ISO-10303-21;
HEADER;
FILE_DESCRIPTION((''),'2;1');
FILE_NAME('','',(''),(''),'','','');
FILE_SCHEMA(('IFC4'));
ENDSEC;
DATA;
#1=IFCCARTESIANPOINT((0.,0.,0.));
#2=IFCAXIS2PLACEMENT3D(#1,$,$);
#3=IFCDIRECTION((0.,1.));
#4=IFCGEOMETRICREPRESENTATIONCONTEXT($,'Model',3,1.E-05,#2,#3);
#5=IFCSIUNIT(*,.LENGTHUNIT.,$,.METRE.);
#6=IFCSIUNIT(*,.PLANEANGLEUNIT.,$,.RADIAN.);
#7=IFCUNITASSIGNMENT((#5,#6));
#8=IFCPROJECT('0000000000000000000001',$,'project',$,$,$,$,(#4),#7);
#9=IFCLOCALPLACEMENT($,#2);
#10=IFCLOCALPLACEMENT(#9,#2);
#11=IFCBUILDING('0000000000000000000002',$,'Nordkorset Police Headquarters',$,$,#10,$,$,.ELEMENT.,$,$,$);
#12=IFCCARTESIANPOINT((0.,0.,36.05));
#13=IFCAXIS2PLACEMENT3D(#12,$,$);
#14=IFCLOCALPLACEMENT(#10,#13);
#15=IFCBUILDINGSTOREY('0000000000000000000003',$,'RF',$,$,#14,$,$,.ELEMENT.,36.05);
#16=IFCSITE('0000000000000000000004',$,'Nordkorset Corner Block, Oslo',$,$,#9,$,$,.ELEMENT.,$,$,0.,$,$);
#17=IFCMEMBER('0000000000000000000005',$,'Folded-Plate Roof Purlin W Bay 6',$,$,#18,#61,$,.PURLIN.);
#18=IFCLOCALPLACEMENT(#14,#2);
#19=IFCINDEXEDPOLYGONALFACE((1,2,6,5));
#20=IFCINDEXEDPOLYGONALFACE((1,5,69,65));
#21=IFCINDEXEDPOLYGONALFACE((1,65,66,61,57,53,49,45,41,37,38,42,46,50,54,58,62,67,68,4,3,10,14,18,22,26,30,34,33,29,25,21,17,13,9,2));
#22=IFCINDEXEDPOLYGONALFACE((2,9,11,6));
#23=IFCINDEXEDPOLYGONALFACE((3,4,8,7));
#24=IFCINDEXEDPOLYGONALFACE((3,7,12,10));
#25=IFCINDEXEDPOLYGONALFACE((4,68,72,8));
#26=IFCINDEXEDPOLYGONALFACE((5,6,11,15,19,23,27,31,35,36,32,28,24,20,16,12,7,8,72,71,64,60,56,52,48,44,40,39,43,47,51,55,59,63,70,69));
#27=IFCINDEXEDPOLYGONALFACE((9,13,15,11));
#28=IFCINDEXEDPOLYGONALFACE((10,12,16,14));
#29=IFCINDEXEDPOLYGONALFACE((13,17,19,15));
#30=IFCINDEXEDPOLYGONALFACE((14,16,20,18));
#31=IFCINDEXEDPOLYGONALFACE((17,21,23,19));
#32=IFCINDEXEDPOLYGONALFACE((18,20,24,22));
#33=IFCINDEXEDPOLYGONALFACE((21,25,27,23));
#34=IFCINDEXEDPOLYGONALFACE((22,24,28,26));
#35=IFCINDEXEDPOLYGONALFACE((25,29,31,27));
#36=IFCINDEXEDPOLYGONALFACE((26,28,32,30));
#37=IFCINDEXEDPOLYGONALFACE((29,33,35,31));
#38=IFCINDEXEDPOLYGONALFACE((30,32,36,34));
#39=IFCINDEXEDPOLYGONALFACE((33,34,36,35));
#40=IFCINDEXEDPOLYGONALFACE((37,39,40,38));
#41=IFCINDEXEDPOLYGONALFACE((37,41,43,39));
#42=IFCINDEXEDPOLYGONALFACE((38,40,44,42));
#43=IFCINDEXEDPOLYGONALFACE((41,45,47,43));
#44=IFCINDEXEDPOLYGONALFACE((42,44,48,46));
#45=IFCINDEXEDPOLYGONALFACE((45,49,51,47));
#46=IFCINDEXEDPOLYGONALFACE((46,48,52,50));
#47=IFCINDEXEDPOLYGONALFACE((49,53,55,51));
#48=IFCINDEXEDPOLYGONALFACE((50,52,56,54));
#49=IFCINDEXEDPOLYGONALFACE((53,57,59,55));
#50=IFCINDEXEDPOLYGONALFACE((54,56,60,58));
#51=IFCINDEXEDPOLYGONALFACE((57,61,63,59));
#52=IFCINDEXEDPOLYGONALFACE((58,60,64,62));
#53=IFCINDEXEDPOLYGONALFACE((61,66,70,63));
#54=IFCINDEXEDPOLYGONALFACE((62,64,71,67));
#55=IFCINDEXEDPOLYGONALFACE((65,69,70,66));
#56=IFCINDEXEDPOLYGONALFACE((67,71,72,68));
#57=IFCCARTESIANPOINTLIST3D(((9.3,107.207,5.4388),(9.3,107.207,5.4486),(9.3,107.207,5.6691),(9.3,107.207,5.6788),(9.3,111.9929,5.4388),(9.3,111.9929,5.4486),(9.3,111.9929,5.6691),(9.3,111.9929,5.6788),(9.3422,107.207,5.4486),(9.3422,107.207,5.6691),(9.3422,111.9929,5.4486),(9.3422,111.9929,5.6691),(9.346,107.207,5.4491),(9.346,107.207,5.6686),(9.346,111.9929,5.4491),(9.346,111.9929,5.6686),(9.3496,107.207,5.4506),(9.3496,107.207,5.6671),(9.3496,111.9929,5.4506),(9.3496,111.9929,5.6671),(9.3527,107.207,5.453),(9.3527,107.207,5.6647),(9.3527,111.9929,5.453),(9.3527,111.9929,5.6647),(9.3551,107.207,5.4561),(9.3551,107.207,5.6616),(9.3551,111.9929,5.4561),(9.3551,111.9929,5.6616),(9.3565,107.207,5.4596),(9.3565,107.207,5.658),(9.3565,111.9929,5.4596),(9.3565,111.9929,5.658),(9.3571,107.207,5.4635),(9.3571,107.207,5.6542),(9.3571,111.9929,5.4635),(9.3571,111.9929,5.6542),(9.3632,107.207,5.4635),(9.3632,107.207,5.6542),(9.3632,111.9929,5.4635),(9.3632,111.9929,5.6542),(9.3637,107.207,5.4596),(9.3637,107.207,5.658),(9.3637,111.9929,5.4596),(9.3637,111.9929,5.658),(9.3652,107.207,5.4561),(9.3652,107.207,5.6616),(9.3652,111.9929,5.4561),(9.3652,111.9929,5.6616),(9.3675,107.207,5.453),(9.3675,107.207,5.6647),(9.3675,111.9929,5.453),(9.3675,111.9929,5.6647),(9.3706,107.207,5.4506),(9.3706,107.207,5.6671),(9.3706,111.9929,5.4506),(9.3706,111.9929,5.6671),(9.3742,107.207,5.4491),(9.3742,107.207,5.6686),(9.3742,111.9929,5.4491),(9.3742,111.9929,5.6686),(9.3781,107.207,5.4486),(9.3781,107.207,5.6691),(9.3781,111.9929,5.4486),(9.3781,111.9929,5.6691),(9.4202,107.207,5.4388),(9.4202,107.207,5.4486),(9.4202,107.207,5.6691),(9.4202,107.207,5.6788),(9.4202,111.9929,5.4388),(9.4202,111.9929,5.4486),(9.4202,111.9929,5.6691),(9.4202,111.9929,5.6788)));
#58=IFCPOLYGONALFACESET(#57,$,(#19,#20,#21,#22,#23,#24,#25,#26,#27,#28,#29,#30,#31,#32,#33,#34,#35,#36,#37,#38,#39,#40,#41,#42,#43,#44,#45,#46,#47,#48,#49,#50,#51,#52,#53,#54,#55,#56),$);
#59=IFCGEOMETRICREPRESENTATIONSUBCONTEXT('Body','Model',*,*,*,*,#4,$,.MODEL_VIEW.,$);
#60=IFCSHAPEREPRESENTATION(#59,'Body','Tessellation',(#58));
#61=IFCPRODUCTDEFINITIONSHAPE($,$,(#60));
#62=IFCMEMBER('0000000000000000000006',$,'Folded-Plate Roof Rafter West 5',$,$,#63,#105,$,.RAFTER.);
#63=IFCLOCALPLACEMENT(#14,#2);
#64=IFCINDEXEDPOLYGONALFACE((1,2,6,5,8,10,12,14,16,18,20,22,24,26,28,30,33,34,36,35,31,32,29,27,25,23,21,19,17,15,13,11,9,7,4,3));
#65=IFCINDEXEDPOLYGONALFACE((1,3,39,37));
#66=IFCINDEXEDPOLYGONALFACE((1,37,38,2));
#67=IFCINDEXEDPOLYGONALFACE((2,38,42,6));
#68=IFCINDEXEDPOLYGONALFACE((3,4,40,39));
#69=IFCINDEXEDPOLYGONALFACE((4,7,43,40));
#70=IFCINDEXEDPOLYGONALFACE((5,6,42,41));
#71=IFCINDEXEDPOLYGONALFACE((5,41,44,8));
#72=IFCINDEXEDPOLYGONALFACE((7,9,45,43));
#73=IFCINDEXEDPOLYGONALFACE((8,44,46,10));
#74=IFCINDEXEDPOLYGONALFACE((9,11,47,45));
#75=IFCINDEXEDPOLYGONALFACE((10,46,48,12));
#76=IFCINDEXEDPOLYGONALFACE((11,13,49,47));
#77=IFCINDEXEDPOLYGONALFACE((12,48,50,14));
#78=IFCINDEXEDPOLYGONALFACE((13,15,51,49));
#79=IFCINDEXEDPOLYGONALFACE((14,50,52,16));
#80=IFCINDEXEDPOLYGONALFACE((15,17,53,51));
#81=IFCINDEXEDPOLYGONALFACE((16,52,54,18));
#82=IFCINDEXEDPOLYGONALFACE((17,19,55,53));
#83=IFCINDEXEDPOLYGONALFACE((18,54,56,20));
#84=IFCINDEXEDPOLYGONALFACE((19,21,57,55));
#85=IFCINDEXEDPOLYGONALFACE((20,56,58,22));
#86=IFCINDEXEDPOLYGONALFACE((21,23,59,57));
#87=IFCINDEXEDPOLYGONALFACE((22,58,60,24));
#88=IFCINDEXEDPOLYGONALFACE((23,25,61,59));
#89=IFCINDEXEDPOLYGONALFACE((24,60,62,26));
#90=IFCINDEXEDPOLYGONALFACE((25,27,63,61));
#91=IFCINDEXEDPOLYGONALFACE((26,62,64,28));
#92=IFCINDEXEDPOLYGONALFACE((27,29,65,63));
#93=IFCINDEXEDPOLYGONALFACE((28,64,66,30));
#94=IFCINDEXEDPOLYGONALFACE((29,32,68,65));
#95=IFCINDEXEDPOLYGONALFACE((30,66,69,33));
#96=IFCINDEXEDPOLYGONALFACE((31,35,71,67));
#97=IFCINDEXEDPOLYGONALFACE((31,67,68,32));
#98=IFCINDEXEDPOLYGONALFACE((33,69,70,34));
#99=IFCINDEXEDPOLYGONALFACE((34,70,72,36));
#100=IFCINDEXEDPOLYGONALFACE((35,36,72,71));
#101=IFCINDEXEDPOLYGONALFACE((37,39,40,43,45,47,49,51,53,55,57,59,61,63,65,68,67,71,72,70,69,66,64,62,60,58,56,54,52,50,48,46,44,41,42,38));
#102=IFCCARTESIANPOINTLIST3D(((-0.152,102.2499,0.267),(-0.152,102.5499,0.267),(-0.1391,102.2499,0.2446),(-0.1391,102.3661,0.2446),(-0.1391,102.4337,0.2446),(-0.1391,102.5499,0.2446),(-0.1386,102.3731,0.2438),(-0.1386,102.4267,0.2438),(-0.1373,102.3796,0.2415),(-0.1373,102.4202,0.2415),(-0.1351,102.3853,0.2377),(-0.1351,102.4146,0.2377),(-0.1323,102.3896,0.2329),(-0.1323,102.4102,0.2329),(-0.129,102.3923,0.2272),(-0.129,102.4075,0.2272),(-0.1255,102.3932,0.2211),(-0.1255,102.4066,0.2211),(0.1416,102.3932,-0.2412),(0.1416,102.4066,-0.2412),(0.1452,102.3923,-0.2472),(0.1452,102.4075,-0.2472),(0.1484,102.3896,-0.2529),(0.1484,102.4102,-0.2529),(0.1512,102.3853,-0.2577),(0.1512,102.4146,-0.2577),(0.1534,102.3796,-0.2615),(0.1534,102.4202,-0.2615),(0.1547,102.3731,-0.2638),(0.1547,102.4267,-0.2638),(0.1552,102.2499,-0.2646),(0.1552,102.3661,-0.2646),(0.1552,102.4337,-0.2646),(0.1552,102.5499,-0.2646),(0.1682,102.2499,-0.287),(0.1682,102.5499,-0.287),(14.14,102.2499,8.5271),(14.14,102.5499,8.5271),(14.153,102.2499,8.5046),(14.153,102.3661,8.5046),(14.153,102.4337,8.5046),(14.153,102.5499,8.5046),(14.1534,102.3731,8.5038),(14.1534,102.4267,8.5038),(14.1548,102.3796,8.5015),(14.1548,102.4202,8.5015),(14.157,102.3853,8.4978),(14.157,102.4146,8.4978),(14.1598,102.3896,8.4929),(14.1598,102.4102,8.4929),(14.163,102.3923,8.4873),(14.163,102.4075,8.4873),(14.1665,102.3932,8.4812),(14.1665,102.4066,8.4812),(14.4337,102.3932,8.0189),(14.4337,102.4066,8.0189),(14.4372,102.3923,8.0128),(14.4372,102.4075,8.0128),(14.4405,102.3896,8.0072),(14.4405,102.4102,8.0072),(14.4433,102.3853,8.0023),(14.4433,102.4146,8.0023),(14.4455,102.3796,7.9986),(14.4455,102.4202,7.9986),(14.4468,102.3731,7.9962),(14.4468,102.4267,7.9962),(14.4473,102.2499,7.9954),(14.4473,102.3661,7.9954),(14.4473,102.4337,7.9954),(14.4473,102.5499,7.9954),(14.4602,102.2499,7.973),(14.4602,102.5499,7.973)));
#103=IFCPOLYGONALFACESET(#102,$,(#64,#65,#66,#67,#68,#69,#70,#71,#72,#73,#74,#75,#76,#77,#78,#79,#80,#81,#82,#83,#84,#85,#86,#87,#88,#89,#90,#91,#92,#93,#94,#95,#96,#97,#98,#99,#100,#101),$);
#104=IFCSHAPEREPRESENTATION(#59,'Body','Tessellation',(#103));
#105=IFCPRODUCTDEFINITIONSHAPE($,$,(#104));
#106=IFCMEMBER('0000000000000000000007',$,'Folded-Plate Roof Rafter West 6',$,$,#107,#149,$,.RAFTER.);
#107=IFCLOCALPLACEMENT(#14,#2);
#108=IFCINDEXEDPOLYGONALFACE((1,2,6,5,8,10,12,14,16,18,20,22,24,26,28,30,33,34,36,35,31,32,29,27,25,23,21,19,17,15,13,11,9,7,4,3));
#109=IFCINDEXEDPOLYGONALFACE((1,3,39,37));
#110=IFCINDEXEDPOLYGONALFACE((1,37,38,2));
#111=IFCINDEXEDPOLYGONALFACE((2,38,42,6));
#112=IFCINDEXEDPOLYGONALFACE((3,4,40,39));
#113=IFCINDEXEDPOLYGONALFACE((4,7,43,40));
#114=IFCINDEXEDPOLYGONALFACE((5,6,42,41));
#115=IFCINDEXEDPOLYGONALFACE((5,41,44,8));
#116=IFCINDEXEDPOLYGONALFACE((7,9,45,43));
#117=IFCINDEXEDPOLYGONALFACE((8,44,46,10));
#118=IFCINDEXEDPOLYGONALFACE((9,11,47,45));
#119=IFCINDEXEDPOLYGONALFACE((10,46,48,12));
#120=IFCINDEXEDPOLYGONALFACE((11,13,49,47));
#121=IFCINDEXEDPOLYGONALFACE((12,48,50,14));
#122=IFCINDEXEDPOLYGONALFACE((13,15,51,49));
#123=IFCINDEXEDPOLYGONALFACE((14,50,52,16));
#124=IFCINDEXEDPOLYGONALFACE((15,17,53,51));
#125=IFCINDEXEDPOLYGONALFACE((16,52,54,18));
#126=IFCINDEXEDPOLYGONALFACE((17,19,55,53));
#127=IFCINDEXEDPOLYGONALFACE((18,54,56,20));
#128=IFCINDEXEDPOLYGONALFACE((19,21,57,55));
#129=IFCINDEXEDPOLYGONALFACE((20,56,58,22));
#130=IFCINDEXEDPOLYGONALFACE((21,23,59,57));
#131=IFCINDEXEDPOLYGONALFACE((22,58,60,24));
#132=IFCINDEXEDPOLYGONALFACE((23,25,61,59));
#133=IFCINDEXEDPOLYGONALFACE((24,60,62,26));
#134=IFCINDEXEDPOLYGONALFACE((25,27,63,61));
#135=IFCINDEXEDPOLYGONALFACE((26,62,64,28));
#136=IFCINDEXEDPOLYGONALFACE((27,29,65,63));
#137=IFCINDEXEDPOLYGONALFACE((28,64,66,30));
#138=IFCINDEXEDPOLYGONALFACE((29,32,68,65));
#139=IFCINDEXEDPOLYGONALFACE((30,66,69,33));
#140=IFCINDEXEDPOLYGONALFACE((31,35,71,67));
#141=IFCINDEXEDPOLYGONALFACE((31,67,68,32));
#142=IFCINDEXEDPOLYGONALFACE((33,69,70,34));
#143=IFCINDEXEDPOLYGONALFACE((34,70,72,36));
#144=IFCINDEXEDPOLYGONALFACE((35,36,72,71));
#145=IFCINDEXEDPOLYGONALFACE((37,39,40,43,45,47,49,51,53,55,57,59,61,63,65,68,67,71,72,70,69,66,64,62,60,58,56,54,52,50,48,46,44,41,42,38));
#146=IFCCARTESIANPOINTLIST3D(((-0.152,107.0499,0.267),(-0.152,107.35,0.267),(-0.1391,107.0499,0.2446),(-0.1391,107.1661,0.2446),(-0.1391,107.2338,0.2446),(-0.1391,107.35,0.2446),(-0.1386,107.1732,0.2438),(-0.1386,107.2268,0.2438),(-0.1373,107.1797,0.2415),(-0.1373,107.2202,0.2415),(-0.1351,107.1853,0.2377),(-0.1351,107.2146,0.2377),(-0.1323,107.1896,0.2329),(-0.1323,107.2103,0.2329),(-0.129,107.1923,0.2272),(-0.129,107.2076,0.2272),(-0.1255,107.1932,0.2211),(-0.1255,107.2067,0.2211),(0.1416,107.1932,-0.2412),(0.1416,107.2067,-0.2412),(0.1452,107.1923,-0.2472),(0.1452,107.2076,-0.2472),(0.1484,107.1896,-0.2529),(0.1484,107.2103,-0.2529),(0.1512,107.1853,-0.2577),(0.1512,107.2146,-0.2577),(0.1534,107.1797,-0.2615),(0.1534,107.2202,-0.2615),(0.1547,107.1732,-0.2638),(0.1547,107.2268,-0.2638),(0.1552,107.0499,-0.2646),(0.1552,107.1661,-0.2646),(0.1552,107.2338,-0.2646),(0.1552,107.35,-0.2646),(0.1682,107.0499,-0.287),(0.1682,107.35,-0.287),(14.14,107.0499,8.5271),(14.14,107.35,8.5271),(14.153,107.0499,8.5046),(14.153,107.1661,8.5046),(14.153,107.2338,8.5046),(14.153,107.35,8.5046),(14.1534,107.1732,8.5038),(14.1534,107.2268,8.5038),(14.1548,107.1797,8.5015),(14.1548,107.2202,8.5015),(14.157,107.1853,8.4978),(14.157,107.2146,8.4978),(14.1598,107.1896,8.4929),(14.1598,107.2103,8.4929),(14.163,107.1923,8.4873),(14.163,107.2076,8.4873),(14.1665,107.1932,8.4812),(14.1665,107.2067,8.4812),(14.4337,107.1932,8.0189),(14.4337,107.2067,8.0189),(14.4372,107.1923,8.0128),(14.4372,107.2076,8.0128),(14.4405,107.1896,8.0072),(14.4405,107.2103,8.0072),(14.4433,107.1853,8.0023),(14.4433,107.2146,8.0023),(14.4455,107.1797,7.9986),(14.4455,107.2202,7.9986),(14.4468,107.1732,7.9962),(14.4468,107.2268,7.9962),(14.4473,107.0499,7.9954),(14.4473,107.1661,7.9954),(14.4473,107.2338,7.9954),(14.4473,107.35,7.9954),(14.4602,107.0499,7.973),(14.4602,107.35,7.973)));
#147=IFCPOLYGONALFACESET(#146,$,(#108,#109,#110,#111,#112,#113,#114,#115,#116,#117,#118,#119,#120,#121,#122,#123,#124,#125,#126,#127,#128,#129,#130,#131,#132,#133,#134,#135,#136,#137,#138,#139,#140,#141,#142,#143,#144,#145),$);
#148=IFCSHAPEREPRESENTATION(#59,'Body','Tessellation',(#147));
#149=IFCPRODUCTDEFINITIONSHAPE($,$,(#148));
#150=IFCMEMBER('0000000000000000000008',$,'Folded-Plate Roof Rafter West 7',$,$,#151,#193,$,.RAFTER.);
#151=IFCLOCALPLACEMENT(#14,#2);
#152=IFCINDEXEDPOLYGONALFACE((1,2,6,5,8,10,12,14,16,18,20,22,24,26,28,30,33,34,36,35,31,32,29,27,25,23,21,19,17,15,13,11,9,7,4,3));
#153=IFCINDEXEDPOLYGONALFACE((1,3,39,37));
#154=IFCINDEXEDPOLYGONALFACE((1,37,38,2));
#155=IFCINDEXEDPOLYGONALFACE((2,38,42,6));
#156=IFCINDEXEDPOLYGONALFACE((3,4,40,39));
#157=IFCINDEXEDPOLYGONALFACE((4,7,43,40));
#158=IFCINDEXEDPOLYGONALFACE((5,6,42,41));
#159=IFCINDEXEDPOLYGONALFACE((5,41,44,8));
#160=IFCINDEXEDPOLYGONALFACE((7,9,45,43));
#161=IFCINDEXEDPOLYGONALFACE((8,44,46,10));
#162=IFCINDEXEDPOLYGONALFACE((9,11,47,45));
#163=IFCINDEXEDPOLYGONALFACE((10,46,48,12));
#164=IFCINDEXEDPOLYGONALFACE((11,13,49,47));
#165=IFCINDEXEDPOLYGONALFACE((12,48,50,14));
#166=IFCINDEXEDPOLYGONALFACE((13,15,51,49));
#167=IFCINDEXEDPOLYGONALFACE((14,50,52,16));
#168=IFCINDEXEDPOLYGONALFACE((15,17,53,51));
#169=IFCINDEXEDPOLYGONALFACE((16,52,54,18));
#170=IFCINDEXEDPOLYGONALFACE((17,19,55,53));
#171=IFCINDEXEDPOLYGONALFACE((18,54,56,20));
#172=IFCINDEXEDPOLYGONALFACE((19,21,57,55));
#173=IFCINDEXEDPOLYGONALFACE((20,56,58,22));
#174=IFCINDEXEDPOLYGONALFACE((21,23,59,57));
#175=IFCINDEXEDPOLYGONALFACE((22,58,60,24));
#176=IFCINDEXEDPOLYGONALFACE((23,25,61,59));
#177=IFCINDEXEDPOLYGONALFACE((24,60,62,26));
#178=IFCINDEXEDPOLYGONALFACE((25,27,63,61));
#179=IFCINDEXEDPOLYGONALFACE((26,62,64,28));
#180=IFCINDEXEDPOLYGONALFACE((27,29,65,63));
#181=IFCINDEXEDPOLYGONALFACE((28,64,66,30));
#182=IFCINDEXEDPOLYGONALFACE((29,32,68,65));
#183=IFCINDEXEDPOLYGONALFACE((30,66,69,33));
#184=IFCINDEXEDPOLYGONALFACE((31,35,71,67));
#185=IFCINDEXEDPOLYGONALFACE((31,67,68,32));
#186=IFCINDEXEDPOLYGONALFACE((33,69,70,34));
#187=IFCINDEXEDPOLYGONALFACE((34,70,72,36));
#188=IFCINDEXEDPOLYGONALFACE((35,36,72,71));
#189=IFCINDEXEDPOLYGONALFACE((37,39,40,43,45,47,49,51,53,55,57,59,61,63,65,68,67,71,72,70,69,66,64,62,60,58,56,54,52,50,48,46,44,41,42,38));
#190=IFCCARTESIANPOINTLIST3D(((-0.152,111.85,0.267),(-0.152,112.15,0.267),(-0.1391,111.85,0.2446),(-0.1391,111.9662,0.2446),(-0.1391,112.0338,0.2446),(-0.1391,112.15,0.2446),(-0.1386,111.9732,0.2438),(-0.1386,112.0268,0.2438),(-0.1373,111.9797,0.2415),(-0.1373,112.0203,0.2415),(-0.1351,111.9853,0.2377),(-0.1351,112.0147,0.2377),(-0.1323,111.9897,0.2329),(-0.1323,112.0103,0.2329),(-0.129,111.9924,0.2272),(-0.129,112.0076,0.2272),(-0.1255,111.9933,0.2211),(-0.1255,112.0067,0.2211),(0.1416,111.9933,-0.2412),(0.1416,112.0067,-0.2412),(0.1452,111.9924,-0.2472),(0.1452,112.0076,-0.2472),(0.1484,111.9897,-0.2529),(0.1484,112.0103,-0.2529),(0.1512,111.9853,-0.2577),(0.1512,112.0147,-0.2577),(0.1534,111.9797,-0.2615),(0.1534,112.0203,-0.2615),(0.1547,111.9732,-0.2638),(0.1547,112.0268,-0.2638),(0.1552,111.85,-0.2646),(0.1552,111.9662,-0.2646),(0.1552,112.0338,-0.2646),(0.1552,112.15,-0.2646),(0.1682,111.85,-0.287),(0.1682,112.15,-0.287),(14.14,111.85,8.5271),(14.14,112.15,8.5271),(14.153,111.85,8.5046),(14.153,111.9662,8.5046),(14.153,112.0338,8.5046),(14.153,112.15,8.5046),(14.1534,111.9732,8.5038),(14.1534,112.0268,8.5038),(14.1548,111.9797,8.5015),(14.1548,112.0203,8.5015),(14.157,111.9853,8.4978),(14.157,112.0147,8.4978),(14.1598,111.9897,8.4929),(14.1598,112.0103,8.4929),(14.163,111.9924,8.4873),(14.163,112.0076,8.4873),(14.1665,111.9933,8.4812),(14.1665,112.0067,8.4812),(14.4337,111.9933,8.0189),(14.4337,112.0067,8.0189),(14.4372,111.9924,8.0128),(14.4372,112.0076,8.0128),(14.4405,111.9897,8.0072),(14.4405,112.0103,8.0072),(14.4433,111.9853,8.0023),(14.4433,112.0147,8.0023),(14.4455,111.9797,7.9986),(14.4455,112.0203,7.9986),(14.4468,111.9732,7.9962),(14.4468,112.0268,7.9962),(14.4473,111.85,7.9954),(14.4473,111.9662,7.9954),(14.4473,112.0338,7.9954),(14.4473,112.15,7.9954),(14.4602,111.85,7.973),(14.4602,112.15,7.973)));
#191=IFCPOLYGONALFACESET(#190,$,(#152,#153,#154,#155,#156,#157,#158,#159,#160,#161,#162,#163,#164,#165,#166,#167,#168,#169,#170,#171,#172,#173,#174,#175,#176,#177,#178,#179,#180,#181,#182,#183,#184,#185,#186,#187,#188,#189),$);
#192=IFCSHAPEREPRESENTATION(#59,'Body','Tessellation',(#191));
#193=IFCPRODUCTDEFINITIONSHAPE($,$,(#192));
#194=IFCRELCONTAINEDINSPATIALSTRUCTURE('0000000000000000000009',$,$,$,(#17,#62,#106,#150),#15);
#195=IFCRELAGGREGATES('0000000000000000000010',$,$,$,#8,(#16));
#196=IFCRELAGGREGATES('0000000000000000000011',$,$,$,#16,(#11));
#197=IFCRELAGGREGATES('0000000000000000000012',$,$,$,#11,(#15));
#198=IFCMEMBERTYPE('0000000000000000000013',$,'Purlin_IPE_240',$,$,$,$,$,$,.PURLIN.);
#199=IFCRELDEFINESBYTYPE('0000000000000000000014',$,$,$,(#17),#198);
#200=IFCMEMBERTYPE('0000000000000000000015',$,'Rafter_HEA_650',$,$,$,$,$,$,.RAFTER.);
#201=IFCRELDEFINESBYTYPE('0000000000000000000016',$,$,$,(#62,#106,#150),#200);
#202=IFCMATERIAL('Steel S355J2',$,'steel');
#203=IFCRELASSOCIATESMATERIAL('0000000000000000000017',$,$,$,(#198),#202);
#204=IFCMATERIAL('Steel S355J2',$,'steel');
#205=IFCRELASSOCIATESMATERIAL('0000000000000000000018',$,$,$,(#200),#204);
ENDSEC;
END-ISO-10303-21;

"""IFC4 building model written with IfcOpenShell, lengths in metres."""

from ifc_helpers import new_model, si_unit, direction, frame, origin, origin_2d, place, context, subcontext, project, spatial, i_section, extrude, material, material_profile, profile_set, type_object, element, save


model = new_model("IFC4")

# Units and contexts
model_context = context("Model", 3, precision=1e-05, world=origin(), true_north=direction((0.0, 1.0)))
body_context = subcontext(model_context, "Body", "Model", "MODEL_VIEW")
ifc_project = project(units=[si_unit("LENGTHUNIT", "METRE"), si_unit("PLANEANGLEUNIT", "RADIAN")], contexts=[model_context])

# Site, building, storey
site_placement = place(None, origin())
site = spatial("IfcSite", under=ifc_project, at=site_placement, Name="Nordkorset Corner Block, Oslo", CompositionType="ELEMENT", RefElevation=0.0)
building_placement = place(site_placement, origin())
building = spatial("IfcBuilding", under=site, at=building_placement, Name="Nordkorset Police Headquarters", CompositionType="ELEMENT")
storey_placement = place(building_placement, frame((0.0, 0.0, 36.05)))
storey = spatial("IfcBuildingStorey", under=building, at=storey_placement, Name="RF", CompositionType="ELEMENT", Elevation=36.05)

# Members
ifc_material_1 = material(Name="Steel S355J2", Category="steel")
ifc_material_profile_1 = material_profile(ifc_material_1, i_section(OverallWidth=0.1201, OverallDepth=0.24, WebThickness=0.0061, FlangeThickness=0.0098, FilletRadius=0.0149, at=origin_2d()), Name="IPE 240")
ifc_profile_set_1 = profile_set([ifc_material_profile_1], Name="Steel S355J2")
member_type_1 = type_object("IfcMemberType", Name="Purlin_IPE_240", PredefinedType="PURLIN", material=ifc_profile_set_1)
for number, where, z_axis, x_axis, name in (
    (1, (9.3601, 107.207, 5.5588), (0.0, 1.0, 0.0), (-1.0, 0.0, 0.0), "Folded-Plate Roof Purlin W Bay 6"),
):
    element("IfcMember", number, at=place(storey_placement, frame(where, z_axis=z_axis, x_axis=x_axis)), inside=storey, type_object=member_type_1, Name=name, PredefinedType="PURLIN", context=body_context, shape_type="SweptSolid", body=[
        extrude(i_section(OverallWidth=0.1201, OverallDepth=0.24, WebThickness=0.0061, FlangeThickness=0.0098, FilletRadius=0.0149, at=origin_2d()), origin(), (0.0, 0.0, 1.0), 4.7859),
    ])
ifc_material_2 = material(Name="Steel S355J2", Category="steel")
ifc_material_profile_2 = material_profile(ifc_material_2, i_section(OverallWidth=0.3, OverallDepth=0.6399, WebThickness=0.0134, FlangeThickness=0.0259, FilletRadius=0.0271, at=origin_2d()), Name="HEA 650")
ifc_profile_set_2 = profile_set([ifc_material_profile_2], Name="Steel S355J2")
member_type_2 = type_object("IfcMemberType", Name="Rafter_HEA_650", PredefinedType="RAFTER", material=ifc_profile_set_2)
for number, where, z_axis, x_axis, name in (
    (2, (0.0081, 102.3999, -0.01), (0.865802, 0.0, 0.500387), (0.0, 1.0, 0.0), "Folded-Plate Roof Rafter West 5"),
    (3, (0.0081, 107.2, -0.01), (0.865802, 0.0, 0.500387), (0.0, 1.0, 0.0), "Folded-Plate Roof Rafter West 6"),
    (4, (0.0081, 112.0, -0.01), (0.865802, 0.0, 0.500387), (0.0, 1.0, 0.0), "Folded-Plate Roof Rafter West 7"),
):
    element("IfcMember", number, at=place(storey_placement, frame(where, z_axis=z_axis, x_axis=x_axis)), inside=storey, type_object=member_type_2, Name=name, PredefinedType="RAFTER", context=body_context, shape_type="SweptSolid", body=[
        extrude(i_section(OverallWidth=0.3, OverallDepth=0.6399, WebThickness=0.0134, FlangeThickness=0.0259, FilletRadius=0.0271, at=origin_2d()), origin(), (0.0, 0.0, 1.0), 16.5073),
    ])

save(model, "model.ifc")
